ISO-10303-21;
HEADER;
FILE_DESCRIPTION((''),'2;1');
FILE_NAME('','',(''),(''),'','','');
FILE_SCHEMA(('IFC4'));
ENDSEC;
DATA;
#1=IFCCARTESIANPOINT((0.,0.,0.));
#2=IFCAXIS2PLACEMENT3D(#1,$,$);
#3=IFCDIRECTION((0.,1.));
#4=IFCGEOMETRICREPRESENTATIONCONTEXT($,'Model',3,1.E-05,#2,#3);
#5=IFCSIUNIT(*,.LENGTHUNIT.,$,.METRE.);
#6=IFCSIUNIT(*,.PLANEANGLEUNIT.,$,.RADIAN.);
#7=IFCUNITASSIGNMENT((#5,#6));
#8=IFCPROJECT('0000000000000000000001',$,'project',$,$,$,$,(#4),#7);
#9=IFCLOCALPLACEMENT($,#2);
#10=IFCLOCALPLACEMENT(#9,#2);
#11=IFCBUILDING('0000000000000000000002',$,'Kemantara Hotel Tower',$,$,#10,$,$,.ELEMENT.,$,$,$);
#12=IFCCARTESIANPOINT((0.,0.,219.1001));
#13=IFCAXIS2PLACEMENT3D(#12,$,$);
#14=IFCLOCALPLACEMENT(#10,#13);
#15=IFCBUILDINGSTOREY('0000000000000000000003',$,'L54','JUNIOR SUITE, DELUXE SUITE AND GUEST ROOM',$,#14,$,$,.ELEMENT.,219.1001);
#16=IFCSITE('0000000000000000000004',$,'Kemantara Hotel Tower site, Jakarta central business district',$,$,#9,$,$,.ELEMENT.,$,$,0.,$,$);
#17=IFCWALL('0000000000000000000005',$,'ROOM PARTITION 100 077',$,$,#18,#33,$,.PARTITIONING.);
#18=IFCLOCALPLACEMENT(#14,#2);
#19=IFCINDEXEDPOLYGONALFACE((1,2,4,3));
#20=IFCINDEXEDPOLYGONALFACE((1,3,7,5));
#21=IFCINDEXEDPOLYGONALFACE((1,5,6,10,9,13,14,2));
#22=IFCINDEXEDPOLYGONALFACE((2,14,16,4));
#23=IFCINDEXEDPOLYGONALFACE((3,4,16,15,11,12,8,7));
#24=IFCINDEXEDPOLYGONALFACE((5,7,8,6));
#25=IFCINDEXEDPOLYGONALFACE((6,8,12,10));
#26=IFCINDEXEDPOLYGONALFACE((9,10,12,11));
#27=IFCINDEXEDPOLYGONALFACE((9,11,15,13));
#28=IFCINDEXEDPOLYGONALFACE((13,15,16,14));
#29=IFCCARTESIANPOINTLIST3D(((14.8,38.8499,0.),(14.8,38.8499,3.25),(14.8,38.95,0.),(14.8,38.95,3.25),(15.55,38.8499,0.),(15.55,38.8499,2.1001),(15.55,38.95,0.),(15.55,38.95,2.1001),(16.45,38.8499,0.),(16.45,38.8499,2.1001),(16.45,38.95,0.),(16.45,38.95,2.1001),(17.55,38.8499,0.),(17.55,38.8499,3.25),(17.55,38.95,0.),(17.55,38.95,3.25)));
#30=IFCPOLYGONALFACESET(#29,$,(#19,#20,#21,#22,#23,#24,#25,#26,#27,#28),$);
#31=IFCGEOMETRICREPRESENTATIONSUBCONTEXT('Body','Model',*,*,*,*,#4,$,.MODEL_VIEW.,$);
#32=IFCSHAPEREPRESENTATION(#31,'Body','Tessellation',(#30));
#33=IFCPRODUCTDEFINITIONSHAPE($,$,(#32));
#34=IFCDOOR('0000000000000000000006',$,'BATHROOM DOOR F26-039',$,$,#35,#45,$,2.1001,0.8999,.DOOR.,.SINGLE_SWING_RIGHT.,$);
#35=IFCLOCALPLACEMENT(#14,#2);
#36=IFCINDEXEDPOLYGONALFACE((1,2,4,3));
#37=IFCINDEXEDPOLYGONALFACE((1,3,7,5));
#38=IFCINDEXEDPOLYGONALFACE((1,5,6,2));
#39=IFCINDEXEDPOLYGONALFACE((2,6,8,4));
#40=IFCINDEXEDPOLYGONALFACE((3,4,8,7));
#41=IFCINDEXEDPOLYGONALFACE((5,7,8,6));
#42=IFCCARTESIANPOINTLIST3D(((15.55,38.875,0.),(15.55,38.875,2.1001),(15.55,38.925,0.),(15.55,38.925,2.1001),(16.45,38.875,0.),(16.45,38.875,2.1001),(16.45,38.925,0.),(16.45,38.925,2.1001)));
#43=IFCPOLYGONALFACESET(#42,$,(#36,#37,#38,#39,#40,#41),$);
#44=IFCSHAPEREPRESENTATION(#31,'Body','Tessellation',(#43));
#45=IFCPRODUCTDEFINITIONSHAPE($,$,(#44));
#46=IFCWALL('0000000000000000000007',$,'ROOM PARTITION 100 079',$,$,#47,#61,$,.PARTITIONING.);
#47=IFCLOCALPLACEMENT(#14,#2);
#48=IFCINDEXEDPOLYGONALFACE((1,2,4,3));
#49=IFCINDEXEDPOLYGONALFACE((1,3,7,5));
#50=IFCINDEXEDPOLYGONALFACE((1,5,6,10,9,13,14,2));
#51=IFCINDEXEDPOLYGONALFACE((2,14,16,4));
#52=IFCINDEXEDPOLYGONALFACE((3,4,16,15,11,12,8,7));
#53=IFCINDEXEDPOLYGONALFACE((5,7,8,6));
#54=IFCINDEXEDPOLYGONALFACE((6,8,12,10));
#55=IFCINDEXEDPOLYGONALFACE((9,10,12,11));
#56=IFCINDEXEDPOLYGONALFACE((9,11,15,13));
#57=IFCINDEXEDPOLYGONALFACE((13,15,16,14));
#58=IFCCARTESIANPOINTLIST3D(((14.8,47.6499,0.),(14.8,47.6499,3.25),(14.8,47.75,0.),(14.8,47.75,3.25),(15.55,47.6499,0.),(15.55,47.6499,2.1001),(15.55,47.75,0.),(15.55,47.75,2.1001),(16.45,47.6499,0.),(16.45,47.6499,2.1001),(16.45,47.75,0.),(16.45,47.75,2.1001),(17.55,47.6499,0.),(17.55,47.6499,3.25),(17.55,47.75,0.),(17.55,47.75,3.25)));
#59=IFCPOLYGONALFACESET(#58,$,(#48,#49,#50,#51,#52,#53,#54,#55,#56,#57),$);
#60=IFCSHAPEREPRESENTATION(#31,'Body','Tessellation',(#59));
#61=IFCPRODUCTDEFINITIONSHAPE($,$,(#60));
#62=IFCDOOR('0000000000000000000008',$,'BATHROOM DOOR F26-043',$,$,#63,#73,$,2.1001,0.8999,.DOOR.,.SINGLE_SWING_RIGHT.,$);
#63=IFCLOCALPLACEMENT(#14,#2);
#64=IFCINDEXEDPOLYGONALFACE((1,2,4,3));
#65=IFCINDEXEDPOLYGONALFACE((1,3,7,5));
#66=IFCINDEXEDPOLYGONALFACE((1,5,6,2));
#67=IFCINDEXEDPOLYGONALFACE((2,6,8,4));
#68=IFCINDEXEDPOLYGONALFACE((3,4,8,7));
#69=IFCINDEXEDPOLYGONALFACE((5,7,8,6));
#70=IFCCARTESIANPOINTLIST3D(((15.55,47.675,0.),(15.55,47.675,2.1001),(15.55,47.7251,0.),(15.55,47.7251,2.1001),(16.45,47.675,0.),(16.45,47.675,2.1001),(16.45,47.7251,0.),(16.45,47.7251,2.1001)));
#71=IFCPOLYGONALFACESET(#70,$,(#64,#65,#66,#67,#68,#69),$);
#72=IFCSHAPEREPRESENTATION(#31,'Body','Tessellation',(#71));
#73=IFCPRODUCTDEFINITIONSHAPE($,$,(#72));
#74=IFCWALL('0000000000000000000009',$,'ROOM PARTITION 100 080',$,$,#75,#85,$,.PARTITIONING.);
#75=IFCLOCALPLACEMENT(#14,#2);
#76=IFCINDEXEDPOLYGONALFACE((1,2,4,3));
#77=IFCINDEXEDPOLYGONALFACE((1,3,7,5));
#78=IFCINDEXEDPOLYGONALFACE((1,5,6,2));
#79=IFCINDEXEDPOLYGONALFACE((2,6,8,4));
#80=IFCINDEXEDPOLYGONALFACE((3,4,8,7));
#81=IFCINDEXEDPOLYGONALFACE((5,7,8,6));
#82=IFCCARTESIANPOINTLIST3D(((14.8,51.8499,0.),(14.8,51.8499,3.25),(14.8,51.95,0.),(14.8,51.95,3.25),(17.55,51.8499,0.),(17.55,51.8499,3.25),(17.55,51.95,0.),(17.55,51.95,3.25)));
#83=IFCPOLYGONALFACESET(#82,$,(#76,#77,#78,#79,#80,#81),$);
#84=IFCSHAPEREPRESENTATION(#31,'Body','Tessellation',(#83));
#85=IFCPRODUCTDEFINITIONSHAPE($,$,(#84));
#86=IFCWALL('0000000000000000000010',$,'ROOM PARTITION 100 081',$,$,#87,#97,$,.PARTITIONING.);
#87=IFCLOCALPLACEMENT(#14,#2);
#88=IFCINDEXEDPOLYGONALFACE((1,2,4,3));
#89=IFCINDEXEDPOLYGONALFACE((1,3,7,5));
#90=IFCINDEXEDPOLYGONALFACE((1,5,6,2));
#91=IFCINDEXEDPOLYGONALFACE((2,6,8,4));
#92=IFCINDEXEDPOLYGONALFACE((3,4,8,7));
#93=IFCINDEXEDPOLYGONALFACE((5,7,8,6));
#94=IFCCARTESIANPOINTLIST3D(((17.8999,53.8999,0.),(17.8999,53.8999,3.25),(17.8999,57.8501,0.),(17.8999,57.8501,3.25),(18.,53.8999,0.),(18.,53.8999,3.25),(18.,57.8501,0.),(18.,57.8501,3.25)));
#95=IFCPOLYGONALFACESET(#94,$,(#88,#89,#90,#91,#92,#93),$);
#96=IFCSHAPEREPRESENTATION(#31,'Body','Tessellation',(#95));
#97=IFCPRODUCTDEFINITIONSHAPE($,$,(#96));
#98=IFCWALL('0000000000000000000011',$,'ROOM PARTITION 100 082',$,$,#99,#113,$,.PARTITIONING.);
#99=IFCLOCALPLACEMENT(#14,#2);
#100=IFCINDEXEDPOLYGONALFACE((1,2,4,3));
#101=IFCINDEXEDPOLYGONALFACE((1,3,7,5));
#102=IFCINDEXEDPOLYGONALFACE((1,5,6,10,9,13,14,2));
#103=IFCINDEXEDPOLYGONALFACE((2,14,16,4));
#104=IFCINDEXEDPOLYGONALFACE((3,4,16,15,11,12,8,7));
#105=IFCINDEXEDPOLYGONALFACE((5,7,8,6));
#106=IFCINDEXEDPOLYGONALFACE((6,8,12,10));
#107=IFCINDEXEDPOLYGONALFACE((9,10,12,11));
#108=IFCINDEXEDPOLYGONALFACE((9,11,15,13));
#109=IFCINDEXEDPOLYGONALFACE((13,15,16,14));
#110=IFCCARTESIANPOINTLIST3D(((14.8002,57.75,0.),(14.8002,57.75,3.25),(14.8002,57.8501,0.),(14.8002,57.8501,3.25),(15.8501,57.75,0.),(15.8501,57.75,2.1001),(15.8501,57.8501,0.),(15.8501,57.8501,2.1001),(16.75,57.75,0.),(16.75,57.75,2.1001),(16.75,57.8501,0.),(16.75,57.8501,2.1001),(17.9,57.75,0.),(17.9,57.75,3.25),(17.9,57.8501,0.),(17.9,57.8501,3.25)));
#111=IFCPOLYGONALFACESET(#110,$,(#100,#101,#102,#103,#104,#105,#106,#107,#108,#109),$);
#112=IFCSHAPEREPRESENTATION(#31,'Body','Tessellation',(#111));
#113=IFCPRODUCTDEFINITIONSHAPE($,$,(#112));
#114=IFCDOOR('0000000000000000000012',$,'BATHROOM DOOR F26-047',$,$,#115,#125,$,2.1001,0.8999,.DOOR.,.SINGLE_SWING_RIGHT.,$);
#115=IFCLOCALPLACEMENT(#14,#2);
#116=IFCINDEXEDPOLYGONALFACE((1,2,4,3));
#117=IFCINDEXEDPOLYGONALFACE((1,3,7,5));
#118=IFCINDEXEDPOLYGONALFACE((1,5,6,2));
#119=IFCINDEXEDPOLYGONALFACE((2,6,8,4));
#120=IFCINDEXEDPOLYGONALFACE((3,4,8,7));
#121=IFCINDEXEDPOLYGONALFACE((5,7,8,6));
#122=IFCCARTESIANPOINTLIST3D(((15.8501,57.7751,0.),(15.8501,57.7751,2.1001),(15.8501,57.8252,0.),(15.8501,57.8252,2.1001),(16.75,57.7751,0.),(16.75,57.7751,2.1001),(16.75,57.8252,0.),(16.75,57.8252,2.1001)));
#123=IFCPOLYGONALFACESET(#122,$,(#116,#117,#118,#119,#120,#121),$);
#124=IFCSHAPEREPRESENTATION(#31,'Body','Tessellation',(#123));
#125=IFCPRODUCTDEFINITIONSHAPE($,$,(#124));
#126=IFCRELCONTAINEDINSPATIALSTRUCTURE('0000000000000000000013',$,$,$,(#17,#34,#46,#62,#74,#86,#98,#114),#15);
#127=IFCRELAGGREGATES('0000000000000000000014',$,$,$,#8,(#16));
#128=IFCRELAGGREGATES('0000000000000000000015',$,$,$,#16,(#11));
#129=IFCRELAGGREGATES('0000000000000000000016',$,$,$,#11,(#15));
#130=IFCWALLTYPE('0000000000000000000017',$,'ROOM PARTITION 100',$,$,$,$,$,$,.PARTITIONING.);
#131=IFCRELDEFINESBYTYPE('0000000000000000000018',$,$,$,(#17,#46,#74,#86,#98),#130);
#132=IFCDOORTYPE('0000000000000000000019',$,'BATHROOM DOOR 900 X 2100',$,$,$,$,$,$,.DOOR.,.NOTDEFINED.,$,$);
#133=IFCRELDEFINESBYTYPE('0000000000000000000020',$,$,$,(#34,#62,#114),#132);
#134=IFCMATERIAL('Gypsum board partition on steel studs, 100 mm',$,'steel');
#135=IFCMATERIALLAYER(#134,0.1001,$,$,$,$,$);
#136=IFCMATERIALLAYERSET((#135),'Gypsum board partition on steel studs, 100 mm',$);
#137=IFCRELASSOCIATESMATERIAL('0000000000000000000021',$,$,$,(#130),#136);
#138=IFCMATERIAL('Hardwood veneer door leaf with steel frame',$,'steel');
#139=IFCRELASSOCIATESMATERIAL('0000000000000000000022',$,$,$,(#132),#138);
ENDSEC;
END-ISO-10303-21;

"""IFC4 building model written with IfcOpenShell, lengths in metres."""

from ifc_helpers import new_model, si_unit, direction, frame, frame_2d, origin, place, context, subcontext, project, spatial, rectangle, extrude, material, layer, layer_set, type_object, element, fill, save


model = new_model("IFC4")

# Units and contexts
model_context = context("Model", 3, precision=1e-05, world=origin(), true_north=direction((0.0, 1.0)))
body_context = subcontext(model_context, "Body", "Model", "MODEL_VIEW")
ifc_project = project(units=[si_unit("LENGTHUNIT", "METRE"), si_unit("PLANEANGLEUNIT", "RADIAN")], contexts=[model_context])

# Site, building, storey
site_placement = place(None, origin())
site = spatial("IfcSite", under=ifc_project, at=site_placement, Name="Kemantara Hotel Tower site, Jakarta central business district", CompositionType="ELEMENT", RefElevation=0.0)
building_placement = place(site_placement, origin())
building = spatial("IfcBuilding", under=site, at=building_placement, Name="Kemantara Hotel Tower", CompositionType="ELEMENT")
storey_placement = place(building_placement, frame((0.0, 0.0, 219.1001)))
storey = spatial("IfcBuildingStorey", under=building, at=storey_placement, Name="L54", Description="JUNIOR SUITE, DELUXE SUITE AND GUEST ROOM", CompositionType="ELEMENT", Elevation=219.1001)

# Shared definitions
ifc_material_1 = material(Name="Gypsum board partition on steel studs, 100 mm", Category="steel")
ifc_layer_1 = layer(ifc_material_1, 0.1001)
ifc_layer_set_1 = layer_set([ifc_layer_1], Name="Gypsum board partition on steel studs, 100 mm")
wall_type_1 = type_object("IfcWallType", Name="ROOM PARTITION 100", PredefinedType="PARTITIONING", material=ifc_layer_set_1)

# Walls, openings, doors
wall_1_placement = place(storey_placement, frame((17.55, 38.8999, 0.0), z_axis=(0.0, 0.0, 1.0), x_axis=(-1.0, 0.0, 0.0)))
wall_1 = element("IfcWall", 1, at=wall_1_placement, inside=storey, type_object=wall_type_1, Name="ROOM PARTITION 100 077", PredefinedType="PARTITIONING", context=body_context, shape_type="SweptSolid", body=[
    extrude(rectangle(XDim=2.75, YDim=0.1001, at=frame_2d((1.375, 0.0))), origin(), (0.0, 0.0, 1.0), 3.25),
])
opening_1_placement = place(wall_1_placement, frame((1.1001, 0.0, 0.0)))
opening_1 = element("IfcOpeningElement", 2, at=opening_1_placement, cuts=wall_1, PredefinedType="OPENING", context=body_context, shape_type="SweptSolid", body=[
    extrude(rectangle(XDim=0.8999, YDim=2.1001, at=frame_2d((0.45, 1.05))), frame((0.0, 0.0601, 0.0), z_axis=(0.0, -1.0, 0.0), x_axis=(1.0, 0.0, 0.0)), (0.0, 0.0, 1.0), 0.1201),
])
ifc_material_2 = material(Name="Hardwood veneer door leaf with steel frame", Category="steel")
door_type = type_object("IfcDoorType", Name="BATHROOM DOOR 900 X 2100", OperationType="NOTDEFINED", PredefinedType="DOOR", material=ifc_material_2)
door_1_placement = place(opening_1_placement, origin())
door_1 = element("IfcDoor", 3, at=door_1_placement, inside=storey, type_object=door_type, Name="BATHROOM DOOR F26-039", OperationType="SINGLE_SWING_RIGHT", OverallHeight=2.1001, OverallWidth=0.8999, PredefinedType="DOOR", context=body_context, shape_type="SweptSolid", body=[
    extrude(rectangle(XDim=0.8999, YDim=2.1001, at=frame_2d((0.45, 1.05))), frame((0.0, 0.0249, 0.0), z_axis=(0.0, -1.0, 0.0), x_axis=(1.0, 0.0, 0.0)), (0.0, 0.0, 1.0), 0.05),
])
fill(opening_1, door_1)
wall_2_placement = place(storey_placement, frame((17.55, 47.7, 0.0), z_axis=(0.0, 0.0, 1.0), x_axis=(-1.0, 0.0, 0.0)))
wall_2 = element("IfcWall", 4, at=wall_2_placement, inside=storey, type_object=wall_type_1, Name="ROOM PARTITION 100 079", PredefinedType="PARTITIONING", context=body_context, shape_type="SweptSolid", body=[
    extrude(rectangle(XDim=2.75, YDim=0.1001, at=frame_2d((1.375, 0.0))), origin(), (0.0, 0.0, 1.0), 3.25),
])
opening_2_placement = place(wall_2_placement, frame((1.1001, 0.0, 0.0)))
opening_2 = element("IfcOpeningElement", 5, at=opening_2_placement, cuts=wall_2, PredefinedType="OPENING", context=body_context, shape_type="SweptSolid", body=[
    extrude(rectangle(XDim=0.8999, YDim=2.1001, at=frame_2d((0.45, 1.05))), frame((0.0, 0.0601, 0.0), z_axis=(0.0, -1.0, 0.0), x_axis=(1.0, 0.0, 0.0)), (0.0, 0.0, 1.0), 0.1201),
])
door_2_placement = place(opening_2_placement, origin())
door_2 = element("IfcDoor", 6, at=door_2_placement, inside=storey, type_object=door_type, Name="BATHROOM DOOR F26-043", OperationType="SINGLE_SWING_RIGHT", OverallHeight=2.1001, OverallWidth=0.8999, PredefinedType="DOOR", context=body_context, shape_type="SweptSolid", body=[
    extrude(rectangle(XDim=0.8999, YDim=2.1001, at=frame_2d((0.45, 1.05))), frame((0.0, 0.0249, 0.0), z_axis=(0.0, -1.0, 0.0), x_axis=(1.0, 0.0, 0.0)), (0.0, 0.0, 1.0), 0.05),
])
fill(opening_2, door_2)

# Walls
wall_3_placement = place(storey_placement, frame((14.8, 51.8999, 0.0), z_axis=(0.0, 0.0, 1.0), x_axis=(1.0, 0.0, 0.0)))
element("IfcWall", 7, at=wall_3_placement, inside=storey, type_object=wall_type_1, Name="ROOM PARTITION 100 080", PredefinedType="PARTITIONING", context=body_context, shape_type="SweptSolid", body=[
    extrude(rectangle(XDim=2.75, YDim=0.1001, at=frame_2d((1.375, 0.0))), origin(), (0.0, 0.0, 1.0), 3.25),
])
wall_4_placement = place(storey_placement, frame((17.95, 53.8999, 0.0), z_axis=(0.0, 0.0, 1.0), x_axis=(0.0, 1.0, 0.0)))
element("IfcWall", 8, at=wall_4_placement, inside=storey, type_object=wall_type_1, Name="ROOM PARTITION 100 081", PredefinedType="PARTITIONING", context=body_context, shape_type="SweptSolid", body=[
    extrude(rectangle(XDim=3.9502, YDim=0.1001, at=frame_2d((1.9751, 0.0))), origin(), (0.0, 0.0, 1.0), 3.25),
])

# Wall, opening, door
wall_5_placement = place(storey_placement, frame((17.8999, 57.8, 0.0), z_axis=(0.0, 0.0, 1.0), x_axis=(-1.0, 0.0, 0.0)))
wall_5 = element("IfcWall", 9, at=wall_5_placement, inside=storey, type_object=wall_type_1, Name="ROOM PARTITION 100 082", PredefinedType="PARTITIONING", context=body_context, shape_type="SweptSolid", body=[
    extrude(rectangle(XDim=3.0999, YDim=0.1001, at=frame_2d((1.5498, 0.0))), origin(), (0.0, 0.0, 1.0), 3.25),
])
opening_3_placement = place(wall_5_placement, frame((1.1499, 0.0, 0.0)))
opening_3 = element("IfcOpeningElement", 10, at=opening_3_placement, cuts=wall_5, PredefinedType="OPENING", context=body_context, shape_type="SweptSolid", body=[
    extrude(rectangle(XDim=0.8999, YDim=2.1001, at=frame_2d((0.45, 1.05))), frame((0.0, 0.0601, 0.0), z_axis=(0.0, -1.0, 0.0), x_axis=(1.0, 0.0, 0.0)), (0.0, 0.0, 1.0), 0.1201),
])
door_3_placement = place(opening_3_placement, origin())
door_3 = element("IfcDoor", 11, at=door_3_placement, inside=storey, type_object=door_type, Name="BATHROOM DOOR F26-047", OperationType="SINGLE_SWING_RIGHT", OverallHeight=2.1001, OverallWidth=0.8999, PredefinedType="DOOR", context=body_context, shape_type="SweptSolid", body=[
    extrude(rectangle(XDim=0.8999, YDim=2.1001, at=frame_2d((0.45, 1.05))), frame((0.0, 0.0249, 0.0), z_axis=(0.0, -1.0, 0.0), x_axis=(1.0, 0.0, 0.0)), (0.0, 0.0, 1.0), 0.05),
])
fill(opening_3, door_3)

save(model, "model.ifc")
